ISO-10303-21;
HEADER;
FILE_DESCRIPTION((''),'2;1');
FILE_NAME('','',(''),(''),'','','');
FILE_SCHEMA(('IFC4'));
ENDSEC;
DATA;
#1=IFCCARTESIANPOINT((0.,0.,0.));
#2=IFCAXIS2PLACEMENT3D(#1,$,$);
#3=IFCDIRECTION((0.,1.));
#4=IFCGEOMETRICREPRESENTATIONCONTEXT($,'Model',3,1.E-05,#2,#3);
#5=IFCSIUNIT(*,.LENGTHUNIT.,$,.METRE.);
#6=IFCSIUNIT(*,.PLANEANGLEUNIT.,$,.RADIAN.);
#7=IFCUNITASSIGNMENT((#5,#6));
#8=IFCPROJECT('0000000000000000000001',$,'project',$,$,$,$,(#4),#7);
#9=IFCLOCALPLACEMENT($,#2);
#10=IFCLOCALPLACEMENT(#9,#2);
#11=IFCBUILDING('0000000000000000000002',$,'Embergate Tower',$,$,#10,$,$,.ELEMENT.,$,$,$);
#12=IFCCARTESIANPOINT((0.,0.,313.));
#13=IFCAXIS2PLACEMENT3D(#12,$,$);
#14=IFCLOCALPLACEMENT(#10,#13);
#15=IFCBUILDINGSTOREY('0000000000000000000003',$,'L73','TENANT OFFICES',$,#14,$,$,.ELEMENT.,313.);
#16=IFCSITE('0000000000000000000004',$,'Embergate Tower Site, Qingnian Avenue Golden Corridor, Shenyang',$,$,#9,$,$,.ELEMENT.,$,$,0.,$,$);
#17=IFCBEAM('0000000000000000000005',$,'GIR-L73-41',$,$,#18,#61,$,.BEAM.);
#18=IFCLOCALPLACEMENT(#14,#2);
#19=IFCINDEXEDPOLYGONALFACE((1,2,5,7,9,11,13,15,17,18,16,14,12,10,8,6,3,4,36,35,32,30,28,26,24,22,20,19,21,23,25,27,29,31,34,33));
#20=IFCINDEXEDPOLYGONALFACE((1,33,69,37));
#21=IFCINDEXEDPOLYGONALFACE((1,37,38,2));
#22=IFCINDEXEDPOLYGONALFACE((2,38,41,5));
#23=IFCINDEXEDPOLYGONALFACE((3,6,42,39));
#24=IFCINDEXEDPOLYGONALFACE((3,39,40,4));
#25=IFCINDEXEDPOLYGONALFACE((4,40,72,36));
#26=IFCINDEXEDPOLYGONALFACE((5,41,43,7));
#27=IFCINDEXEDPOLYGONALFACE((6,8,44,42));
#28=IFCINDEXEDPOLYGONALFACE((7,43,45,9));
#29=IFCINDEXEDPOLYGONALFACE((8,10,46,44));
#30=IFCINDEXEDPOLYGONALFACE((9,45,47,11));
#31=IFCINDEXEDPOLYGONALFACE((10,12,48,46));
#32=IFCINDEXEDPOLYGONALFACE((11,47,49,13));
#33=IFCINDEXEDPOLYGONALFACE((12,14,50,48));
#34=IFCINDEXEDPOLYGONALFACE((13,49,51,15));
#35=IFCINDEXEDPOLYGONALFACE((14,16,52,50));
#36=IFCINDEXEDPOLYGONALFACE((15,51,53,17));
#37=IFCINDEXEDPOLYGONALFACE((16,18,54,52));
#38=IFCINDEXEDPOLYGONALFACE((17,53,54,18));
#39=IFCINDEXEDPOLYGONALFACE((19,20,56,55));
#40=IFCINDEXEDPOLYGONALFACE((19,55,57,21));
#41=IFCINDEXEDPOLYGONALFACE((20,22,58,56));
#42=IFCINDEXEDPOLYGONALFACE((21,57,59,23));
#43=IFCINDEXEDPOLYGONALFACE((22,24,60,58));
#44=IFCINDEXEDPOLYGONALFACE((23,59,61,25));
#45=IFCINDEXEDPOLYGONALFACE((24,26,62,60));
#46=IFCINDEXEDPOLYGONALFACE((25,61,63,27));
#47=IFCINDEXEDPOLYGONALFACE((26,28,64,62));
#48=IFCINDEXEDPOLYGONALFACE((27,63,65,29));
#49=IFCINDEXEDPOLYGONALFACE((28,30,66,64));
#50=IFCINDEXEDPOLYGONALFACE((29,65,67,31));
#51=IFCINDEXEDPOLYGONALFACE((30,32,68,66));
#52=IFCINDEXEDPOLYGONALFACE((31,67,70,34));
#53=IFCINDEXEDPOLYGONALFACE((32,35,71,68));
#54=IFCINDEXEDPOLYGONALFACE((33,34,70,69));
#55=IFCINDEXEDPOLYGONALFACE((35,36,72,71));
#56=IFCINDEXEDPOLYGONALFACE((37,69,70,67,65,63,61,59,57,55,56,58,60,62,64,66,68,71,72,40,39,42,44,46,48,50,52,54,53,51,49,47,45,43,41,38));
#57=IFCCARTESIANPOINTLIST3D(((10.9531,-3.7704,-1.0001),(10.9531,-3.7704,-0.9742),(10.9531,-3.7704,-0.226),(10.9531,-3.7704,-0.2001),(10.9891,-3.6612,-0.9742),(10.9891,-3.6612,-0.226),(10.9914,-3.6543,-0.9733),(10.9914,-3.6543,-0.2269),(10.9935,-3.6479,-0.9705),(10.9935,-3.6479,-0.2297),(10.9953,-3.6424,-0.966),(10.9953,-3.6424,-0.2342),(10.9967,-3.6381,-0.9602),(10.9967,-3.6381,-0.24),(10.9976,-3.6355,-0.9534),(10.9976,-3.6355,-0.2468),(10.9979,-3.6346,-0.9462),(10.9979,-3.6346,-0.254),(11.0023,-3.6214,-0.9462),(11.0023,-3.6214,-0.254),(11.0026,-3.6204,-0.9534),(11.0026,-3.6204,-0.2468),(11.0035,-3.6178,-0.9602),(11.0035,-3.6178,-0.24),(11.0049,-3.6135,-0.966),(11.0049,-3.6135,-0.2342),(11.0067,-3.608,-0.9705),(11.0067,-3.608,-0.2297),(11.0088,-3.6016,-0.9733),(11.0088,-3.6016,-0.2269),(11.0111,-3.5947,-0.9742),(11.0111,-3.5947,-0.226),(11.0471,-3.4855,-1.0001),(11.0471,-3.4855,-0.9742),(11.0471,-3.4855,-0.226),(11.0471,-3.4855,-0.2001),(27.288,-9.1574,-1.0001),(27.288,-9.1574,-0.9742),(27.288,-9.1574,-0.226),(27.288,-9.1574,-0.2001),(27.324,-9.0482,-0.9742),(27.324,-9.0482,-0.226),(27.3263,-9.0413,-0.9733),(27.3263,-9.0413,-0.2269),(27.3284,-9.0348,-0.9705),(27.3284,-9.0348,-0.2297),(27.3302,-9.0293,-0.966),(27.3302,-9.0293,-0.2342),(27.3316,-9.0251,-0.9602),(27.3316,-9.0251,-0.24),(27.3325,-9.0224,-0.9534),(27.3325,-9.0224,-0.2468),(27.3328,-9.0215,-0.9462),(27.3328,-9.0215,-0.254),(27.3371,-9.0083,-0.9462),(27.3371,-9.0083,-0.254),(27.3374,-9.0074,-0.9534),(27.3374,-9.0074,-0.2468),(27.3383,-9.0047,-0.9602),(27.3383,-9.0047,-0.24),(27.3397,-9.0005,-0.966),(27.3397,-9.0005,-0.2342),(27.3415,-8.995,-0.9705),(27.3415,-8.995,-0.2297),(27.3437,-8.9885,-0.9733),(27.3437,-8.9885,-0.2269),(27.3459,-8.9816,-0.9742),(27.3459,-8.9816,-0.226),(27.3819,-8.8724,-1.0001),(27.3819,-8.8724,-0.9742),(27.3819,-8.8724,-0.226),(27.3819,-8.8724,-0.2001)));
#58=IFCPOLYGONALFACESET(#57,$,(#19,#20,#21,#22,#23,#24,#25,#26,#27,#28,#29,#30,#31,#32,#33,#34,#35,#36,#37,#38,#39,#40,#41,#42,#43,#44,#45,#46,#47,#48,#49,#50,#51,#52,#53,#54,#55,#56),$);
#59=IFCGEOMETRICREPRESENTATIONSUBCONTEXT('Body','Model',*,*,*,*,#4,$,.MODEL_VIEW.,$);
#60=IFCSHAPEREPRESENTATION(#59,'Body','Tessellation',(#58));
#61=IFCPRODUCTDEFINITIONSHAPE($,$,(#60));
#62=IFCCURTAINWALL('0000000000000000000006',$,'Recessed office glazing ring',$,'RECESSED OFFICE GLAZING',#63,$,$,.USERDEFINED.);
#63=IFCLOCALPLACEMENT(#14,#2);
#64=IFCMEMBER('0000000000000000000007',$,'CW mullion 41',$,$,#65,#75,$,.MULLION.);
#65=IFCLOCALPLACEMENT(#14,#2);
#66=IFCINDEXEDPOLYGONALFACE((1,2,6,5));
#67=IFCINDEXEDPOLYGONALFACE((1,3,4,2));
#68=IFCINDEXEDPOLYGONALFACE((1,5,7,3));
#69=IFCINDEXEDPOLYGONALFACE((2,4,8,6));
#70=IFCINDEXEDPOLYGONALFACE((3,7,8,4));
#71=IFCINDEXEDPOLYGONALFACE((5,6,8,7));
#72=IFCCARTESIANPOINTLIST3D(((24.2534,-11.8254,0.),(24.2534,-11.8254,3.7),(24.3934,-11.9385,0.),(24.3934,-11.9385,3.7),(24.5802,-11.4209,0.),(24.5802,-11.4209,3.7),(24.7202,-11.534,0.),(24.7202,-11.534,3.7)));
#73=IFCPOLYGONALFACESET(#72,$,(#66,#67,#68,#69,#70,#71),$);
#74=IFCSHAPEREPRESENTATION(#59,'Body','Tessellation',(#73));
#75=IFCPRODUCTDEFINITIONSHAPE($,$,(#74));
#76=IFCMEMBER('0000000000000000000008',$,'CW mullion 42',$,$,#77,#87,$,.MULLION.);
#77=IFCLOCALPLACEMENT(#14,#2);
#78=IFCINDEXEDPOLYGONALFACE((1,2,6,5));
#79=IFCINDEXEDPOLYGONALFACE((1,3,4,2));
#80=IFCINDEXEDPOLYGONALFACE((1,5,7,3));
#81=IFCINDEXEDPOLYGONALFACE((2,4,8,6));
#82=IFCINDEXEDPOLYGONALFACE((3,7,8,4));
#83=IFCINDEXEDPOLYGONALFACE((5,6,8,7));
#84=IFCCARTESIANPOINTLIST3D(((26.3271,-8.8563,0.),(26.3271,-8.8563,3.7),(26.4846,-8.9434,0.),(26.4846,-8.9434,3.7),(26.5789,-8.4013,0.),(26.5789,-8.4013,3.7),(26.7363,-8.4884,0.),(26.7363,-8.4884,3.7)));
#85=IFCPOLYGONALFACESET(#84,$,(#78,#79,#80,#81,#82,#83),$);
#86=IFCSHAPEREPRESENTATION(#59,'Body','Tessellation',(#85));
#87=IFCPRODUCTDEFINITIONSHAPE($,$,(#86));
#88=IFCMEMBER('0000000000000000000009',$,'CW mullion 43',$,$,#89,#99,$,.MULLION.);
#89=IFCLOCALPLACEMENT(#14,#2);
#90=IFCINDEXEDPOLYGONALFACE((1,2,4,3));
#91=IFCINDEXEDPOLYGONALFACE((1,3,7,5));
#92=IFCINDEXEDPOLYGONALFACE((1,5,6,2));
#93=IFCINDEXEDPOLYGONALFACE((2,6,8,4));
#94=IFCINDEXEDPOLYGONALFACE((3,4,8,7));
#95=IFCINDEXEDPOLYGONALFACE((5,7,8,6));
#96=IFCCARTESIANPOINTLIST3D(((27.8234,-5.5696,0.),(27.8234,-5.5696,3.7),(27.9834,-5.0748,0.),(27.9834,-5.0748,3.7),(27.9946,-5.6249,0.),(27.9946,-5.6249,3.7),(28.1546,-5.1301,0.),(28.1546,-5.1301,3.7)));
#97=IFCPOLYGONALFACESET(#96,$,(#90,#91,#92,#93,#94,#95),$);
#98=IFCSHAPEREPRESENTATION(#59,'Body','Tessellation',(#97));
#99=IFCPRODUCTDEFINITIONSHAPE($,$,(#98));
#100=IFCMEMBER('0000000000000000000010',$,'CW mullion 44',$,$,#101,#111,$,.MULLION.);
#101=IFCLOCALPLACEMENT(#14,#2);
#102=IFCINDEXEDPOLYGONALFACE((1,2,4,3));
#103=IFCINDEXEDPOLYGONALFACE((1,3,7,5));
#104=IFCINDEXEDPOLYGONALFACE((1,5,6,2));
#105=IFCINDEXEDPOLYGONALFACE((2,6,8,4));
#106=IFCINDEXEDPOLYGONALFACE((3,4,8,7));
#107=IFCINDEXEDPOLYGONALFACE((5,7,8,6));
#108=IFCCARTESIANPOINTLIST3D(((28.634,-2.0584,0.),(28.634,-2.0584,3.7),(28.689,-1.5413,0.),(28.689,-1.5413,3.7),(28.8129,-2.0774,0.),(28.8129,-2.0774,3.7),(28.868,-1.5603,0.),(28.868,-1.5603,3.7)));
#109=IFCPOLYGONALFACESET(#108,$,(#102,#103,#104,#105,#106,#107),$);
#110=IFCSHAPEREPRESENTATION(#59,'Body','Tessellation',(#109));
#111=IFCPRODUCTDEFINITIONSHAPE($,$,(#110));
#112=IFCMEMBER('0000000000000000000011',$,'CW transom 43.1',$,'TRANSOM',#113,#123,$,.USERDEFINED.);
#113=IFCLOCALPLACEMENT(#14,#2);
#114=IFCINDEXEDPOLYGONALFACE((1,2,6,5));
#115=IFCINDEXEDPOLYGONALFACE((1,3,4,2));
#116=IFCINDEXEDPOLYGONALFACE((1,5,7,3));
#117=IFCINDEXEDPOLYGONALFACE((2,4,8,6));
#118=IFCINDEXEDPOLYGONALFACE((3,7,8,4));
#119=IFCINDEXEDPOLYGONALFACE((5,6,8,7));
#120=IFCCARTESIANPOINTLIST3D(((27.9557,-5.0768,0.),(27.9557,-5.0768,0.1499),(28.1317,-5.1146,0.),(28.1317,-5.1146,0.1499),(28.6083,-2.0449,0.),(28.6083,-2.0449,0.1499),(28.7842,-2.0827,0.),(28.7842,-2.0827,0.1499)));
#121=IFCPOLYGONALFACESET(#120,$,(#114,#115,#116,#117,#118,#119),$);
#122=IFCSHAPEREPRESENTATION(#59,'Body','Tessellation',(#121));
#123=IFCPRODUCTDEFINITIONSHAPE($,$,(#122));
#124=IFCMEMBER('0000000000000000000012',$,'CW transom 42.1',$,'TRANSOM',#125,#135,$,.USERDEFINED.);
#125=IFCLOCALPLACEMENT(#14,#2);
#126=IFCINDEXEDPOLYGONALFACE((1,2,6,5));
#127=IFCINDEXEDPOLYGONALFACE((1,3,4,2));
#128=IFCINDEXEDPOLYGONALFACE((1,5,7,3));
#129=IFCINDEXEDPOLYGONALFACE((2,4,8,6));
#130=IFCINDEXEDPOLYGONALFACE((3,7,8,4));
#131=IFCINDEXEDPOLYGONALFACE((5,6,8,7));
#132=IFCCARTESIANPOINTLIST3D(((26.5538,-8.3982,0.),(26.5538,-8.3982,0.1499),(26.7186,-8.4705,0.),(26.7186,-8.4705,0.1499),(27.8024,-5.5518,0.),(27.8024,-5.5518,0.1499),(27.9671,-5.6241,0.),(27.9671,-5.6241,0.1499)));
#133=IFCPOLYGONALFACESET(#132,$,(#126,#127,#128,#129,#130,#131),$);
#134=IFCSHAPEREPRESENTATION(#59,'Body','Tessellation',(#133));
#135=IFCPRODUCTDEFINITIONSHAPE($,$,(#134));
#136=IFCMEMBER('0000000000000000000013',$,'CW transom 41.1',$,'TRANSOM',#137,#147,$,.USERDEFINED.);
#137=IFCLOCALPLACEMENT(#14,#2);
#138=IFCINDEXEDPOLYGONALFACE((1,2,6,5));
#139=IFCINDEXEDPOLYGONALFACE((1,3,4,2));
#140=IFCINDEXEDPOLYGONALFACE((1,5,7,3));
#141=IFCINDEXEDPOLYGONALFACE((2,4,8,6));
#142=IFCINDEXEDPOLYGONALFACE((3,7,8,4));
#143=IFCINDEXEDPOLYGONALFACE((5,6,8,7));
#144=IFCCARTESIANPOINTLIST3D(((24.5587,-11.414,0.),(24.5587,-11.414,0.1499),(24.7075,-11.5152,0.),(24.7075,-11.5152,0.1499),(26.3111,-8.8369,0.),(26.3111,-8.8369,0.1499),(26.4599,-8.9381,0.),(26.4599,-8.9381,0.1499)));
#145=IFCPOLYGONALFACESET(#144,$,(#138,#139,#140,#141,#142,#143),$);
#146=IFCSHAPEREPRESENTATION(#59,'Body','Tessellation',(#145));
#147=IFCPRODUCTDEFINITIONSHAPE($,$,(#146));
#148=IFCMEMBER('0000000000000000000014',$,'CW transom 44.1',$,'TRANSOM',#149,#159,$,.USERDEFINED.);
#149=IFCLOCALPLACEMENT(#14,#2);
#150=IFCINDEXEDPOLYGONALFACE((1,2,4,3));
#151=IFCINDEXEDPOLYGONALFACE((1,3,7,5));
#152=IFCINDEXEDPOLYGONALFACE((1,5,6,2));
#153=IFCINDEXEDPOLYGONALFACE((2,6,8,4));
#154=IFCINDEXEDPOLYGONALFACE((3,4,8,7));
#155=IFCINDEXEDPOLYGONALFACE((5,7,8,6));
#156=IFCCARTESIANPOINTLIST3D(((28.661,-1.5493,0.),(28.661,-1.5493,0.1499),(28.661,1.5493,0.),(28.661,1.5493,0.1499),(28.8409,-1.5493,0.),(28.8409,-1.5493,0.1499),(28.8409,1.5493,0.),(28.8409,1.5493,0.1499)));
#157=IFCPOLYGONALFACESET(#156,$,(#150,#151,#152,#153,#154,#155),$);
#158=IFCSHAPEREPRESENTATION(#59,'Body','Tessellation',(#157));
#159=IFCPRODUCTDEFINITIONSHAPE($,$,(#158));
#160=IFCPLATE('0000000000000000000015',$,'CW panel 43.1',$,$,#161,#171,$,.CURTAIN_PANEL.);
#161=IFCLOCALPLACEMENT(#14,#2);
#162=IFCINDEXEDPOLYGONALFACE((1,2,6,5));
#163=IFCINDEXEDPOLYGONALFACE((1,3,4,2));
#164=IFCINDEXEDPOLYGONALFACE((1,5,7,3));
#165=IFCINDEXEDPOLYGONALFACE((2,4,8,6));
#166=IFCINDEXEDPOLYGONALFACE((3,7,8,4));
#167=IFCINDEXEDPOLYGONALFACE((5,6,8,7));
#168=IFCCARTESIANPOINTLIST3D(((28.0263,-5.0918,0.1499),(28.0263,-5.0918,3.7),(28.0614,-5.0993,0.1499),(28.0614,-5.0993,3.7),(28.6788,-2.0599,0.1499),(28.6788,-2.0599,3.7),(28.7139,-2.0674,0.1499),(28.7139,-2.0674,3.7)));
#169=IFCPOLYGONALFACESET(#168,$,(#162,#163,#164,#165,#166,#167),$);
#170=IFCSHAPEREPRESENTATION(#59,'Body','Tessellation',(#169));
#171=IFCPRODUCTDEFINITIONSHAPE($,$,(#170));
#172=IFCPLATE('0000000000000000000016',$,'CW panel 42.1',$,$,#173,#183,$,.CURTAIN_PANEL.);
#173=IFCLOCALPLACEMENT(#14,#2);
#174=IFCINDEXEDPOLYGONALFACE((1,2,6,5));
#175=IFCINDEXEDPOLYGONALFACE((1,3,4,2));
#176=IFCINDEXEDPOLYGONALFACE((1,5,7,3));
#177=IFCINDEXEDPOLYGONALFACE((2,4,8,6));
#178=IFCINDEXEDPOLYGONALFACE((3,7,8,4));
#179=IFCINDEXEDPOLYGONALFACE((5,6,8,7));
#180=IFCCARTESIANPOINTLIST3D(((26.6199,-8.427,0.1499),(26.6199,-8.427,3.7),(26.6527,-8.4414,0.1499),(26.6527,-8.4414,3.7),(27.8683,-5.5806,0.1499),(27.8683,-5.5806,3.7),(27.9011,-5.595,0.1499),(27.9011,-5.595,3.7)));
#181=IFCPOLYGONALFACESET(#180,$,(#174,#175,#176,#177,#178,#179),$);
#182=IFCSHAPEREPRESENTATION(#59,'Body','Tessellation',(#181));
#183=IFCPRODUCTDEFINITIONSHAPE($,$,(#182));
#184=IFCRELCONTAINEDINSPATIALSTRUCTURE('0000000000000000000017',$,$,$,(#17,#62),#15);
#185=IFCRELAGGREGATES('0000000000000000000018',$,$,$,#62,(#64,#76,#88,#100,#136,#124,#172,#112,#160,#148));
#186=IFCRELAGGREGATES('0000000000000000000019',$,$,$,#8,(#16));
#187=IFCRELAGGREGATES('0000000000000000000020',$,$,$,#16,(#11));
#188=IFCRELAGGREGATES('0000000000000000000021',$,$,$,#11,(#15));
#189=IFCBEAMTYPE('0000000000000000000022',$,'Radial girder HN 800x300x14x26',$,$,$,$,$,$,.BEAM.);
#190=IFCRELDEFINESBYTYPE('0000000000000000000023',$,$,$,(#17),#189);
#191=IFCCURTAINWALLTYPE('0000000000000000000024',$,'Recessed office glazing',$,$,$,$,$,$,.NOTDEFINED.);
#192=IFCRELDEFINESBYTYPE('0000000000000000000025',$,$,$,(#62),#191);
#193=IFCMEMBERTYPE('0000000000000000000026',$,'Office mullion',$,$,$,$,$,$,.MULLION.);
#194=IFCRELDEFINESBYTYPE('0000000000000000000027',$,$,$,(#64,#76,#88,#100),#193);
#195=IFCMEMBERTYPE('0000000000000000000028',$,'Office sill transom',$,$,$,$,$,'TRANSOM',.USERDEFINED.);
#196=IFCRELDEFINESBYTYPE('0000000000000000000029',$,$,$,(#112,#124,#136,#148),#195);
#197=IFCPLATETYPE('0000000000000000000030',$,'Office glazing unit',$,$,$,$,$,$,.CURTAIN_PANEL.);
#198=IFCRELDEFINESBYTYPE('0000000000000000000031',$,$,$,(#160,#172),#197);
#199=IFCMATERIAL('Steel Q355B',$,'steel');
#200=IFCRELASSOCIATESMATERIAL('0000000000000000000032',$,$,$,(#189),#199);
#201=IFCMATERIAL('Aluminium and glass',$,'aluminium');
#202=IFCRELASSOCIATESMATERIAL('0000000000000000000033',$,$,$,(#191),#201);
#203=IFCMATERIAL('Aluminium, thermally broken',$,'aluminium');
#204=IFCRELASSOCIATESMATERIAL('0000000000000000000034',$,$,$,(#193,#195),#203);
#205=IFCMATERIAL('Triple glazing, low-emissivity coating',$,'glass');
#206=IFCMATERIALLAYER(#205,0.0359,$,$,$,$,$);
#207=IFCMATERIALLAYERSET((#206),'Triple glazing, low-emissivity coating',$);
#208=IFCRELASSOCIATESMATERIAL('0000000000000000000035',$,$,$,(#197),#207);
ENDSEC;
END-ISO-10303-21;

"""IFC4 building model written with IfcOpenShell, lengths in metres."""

from ifc_helpers import new_model, si_unit, direction, frame, origin, origin_2d, place, context, subcontext, project, spatial, rectangle, i_section, extrude, source, transform, mapped, material, layer, layer_set, material_profile, profile_set, type_object, element, aggregate, save


model = new_model("IFC4")

# Units and contexts
model_context = context("Model", 3, precision=1e-05, world=origin(), true_north=direction((0.0, 1.0)))
body_context = subcontext(model_context, "Body", "Model", "MODEL_VIEW")
ifc_project = project(units=[si_unit("LENGTHUNIT", "METRE"), si_unit("PLANEANGLEUNIT", "RADIAN")], contexts=[model_context])

# Site, building, storey
site_placement = place(None, origin())
site = spatial("IfcSite", under=ifc_project, at=site_placement, Name="Embergate Tower Site, Qingnian Avenue Golden Corridor, Shenyang", CompositionType="ELEMENT", RefElevation=0.0)
building_placement = place(site_placement, origin())
building = spatial("IfcBuilding", under=site, at=building_placement, Name="Embergate Tower", CompositionType="ELEMENT")
storey_placement = place(building_placement, frame((0.0, 0.0, 313.0)))
storey = spatial("IfcBuildingStorey", under=building, at=storey_placement, Name="L73", Description="TENANT OFFICES", CompositionType="ELEMENT", Elevation=313.0)

# Beam
ifc_material_1 = material(Name="Steel Q355B", Category="steel")
ifc_material_profile_1 = material_profile(ifc_material_1, i_section(OverallWidth=0.3, OverallDepth=0.8, WebThickness=0.0139, FlangeThickness=0.0259, FilletRadius=0.0281, at=origin_2d()), Name="HN 800x300x14x26")
ifc_profile_set_1 = profile_set([ifc_material_profile_1], Name="Steel Q355 grade B")
beam_type_1 = type_object("IfcBeamType", Name="Radial girder HN 800x300x14x26", PredefinedType="BEAM", material=ifc_profile_set_1)
shared_shape_1 = source(origin(), body_context, "Body", "SweptSolid", [
    extrude(i_section(OverallWidth=0.3, OverallDepth=0.8, WebThickness=0.0139, FlangeThickness=0.0259, FilletRadius=0.0281, at=origin_2d()), origin(), (0.0, 0.0, 1.0), 17.2002),
])
beam_1_placement = place(storey_placement, frame((27.335, -9.0149, -0.6001), z_axis=(-0.94969, 0.31319, 0.0), x_axis=(-0.31319, -0.94969, 0.0)))
element("IfcBeam", 1, at=beam_1_placement, inside=storey, type_object=beam_type_1, Name="GIR-L73-41", PredefinedType="BEAM", context=body_context, shape_type="MappedRepresentation", body=[
    mapped(shared_shape_1, transform((0.0, 0.0, 0.0))),
])

# Curtain wall, members, plates
ifc_material_2 = material(Name="Aluminium and glass", Category="aluminium")
curtain_wall_type = type_object("IfcCurtainWallType", Name="Recessed office glazing", PredefinedType="NOTDEFINED", material=ifc_material_2)
curtain_wall_placement = place(storey_placement, origin())
curtain_wall = element("IfcCurtainWall", 2, at=curtain_wall_placement, inside=storey, type_object=curtain_wall_type, Name="Recessed office glazing ring", ObjectType="RECESSED OFFICE GLAZING", PredefinedType="USERDEFINED")
ifc_material_3 = material(Name="Aluminium, thermally broken", Category="aluminium")
ifc_material_profile_2 = material_profile(ifc_material_3, rectangle(XDim=0.1799, YDim=0.52, at=origin_2d()), Name="AL 520x180")
ifc_profile_set_2 = profile_set([ifc_material_profile_2], Name="Aluminium, thermally broken")
member_type_1 = type_object("IfcMemberType", Name="Office mullion", PredefinedType="MULLION", material=ifc_profile_set_2)
shared_shape_2 = source(origin(), body_context, "Body", "SweptSolid", [
    extrude(rectangle(XDim=0.1799, YDim=0.52, at=origin_2d()), origin(), (0.0, 0.0, 1.0), 3.7),
])
member_1_placement = place(storey_placement, frame((24.4868, -11.6797, 0.0), z_axis=(0.0, 0.0, 1.0), x_axis=(-0.777862, 0.628436, 0.0)))
member_1 = element("IfcMember", 3, at=member_1_placement, type_object=member_type_1, Name="CW mullion 41", PredefinedType="MULLION", context=body_context, shape_type="MappedRepresentation", body=[
    mapped(shared_shape_2, transform((0.0, 0.0, 0.0))),
])
member_2_placement = place(storey_placement, frame((26.5317, -8.6724, 0.0), z_axis=(0.0, 0.0, 1.0), x_axis=(-0.874992, 0.484138, 0.0)))
member_2 = element("IfcMember", 4, at=member_2_placement, type_object=member_type_1, Name="CW mullion 42", PredefinedType="MULLION", context=body_context, shape_type="MappedRepresentation", body=[
    mapped(shared_shape_2, transform((0.0, 0.0, 0.0))),
])
member_3_placement = place(storey_placement, frame((27.989, -5.3499, 0.0), z_axis=(0.0, 0.0, 1.0), x_axis=(-0.951492, 0.307674, 0.0)))
member_3 = element("IfcMember", 5, at=member_3_placement, type_object=member_type_1, Name="CW mullion 43", PredefinedType="MULLION", context=body_context, shape_type="MappedRepresentation", body=[
    mapped(shared_shape_2, transform((0.0, 0.0, 0.0))),
])
member_4_placement = place(storey_placement, frame((28.751, -1.8093, 0.0), z_axis=(0.0, 0.0, 1.0), x_axis=(-0.994384, 0.105832, 0.0)))
member_4 = element("IfcMember", 6, at=member_4_placement, type_object=member_type_1, Name="CW mullion 44", PredefinedType="MULLION", context=body_context, shape_type="MappedRepresentation", body=[
    mapped(shared_shape_2, transform((0.0, 0.0, 0.0))),
])
ifc_material_profile_3 = material_profile(ifc_material_3, rectangle(XDim=0.1799, YDim=0.1499, at=origin_2d()), Name="AL 150x180")
ifc_profile_set_3 = profile_set([ifc_material_profile_3], Name="Aluminium, thermally broken")
member_type_2 = type_object("IfcMemberType", Name="Office sill transom", ElementType="TRANSOM", PredefinedType="USERDEFINED", material=ifc_profile_set_3)
shared_shape_3 = source(origin(), body_context, "Body", "SweptSolid", [
    extrude(rectangle(XDim=0.1799, YDim=0.1499, at=origin_2d()), origin(), (0.0, 0.0, 1.0), 3.1013),
])
member_5_placement = place(storey_placement, frame((28.0437, -5.0957, 0.075), z_axis=(0.210416, 0.977612, 0.0), x_axis=(-0.977612, 0.210416, 0.0)))
member_5 = element("IfcMember", 7, at=member_5_placement, type_object=member_type_2, Name="CW transom 43.1", ObjectType="TRANSOM", PredefinedType="USERDEFINED", context=body_context, shape_type="MappedRepresentation", body=[
    mapped(shared_shape_3, transform((0.0, 0.0, 0.0))),
])
shared_shape_4 = source(origin(), body_context, "Body", "SweptSolid", [
    extrude(rectangle(XDim=0.1799, YDim=0.1499, at=origin_2d()), origin(), (0.0, 0.0, 1.0), 3.1082),
])
member_6_placement = place(storey_placement, frame((26.6362, -8.4343, 0.075), z_axis=(0.401688, 0.915777, 0.0), x_axis=(-0.915777, 0.401688, 0.0)))
member_6 = element("IfcMember", 8, at=member_6_placement, type_object=member_type_2, Name="CW transom 42.1", ObjectType="TRANSOM", PredefinedType="USERDEFINED", context=body_context, shape_type="MappedRepresentation", body=[
    mapped(shared_shape_4, transform((0.0, 0.0, 0.0))),
])
shared_shape_5 = source(origin(), body_context, "Body", "SweptSolid", [
    extrude(rectangle(XDim=0.1799, YDim=0.1499, at=origin_2d()), origin(), (0.0, 0.0, 1.0), 3.1165),
])
member_7_placement = place(storey_placement, frame((24.6331, -11.4646, 0.075), z_axis=(0.562306, 0.826929, 0.0), x_axis=(-0.826929, 0.562306, 0.0)))
member_7 = element("IfcMember", 9, at=member_7_placement, type_object=member_type_2, Name="CW transom 41.1", ObjectType="TRANSOM", PredefinedType="USERDEFINED", context=body_context, shape_type="MappedRepresentation", body=[
    mapped(shared_shape_5, transform((0.0, 0.0, 0.0))),
])
shared_shape_6 = source(origin(), body_context, "Body", "SweptSolid", [
    extrude(rectangle(XDim=0.1799, YDim=0.1499, at=origin_2d()), origin(), (0.0, 0.0, 1.0), 3.0986),
])
member_8_placement = place(storey_placement, frame((28.751, -1.5493, 0.075), z_axis=(0.0, 1.0, 0.0), x_axis=(-1.0, 0.0, 0.0)))
member_8 = element("IfcMember", 10, at=member_8_placement, type_object=member_type_2, Name="CW transom 44.1", ObjectType="TRANSOM", PredefinedType="USERDEFINED", context=body_context, shape_type="MappedRepresentation", body=[
    mapped(shared_shape_6, transform((0.0, 0.0, 0.0))),
])
ifc_material_4 = material(Name="Triple glazing, low-emissivity coating", Category="glass")
ifc_layer_1 = layer(ifc_material_4, 0.0359)
ifc_layer_set_1 = layer_set([ifc_layer_1], Name="Triple glazing, low-emissivity coating")
plate_type = type_object("IfcPlateType", Name="Office glazing unit", PredefinedType="CURTAIN_PANEL", material=ifc_layer_set_1)
shared_shape_7 = source(origin(), body_context, "Body", "SweptSolid", [
    extrude(rectangle(XDim=3.1013, YDim=0.0359, at=origin_2d()), origin(), (0.0, 0.0, 1.0), 3.55),
])
plate_1_placement = place(storey_placement, frame((28.3701, -3.5796, 0.1499), z_axis=(0.0, 0.0, 1.0), x_axis=(0.2104, 0.977615, 0.0)))
plate_1 = element("IfcPlate", 11, at=plate_1_placement, type_object=plate_type, Name="CW panel 43.1", PredefinedType="CURTAIN_PANEL", context=body_context, shape_type="MappedRepresentation", body=[
    mapped(shared_shape_7, transform((0.0, 0.0, 0.0))),
])
shared_shape_8 = source(origin(), body_context, "Body", "SweptSolid", [
    extrude(rectangle(XDim=3.1082, YDim=0.0359, at=origin_2d()), origin(), (0.0, 0.0, 1.0), 3.55),
])
plate_2_placement = place(storey_placement, frame((27.2605, -7.011, 0.1499), z_axis=(0.0, 0.0, 1.0), x_axis=(0.401654, 0.915792, 0.0)))
plate_2 = element("IfcPlate", 12, at=plate_2_placement, type_object=plate_type, Name="CW panel 42.1", PredefinedType="CURTAIN_PANEL", context=body_context, shape_type="MappedRepresentation", body=[
    mapped(shared_shape_8, transform((0.0, 0.0, 0.0))),
])
aggregate(curtain_wall, [member_1, member_2, member_3, member_4, member_7, member_6, plate_2, member_5, plate_1, member_8])

save(model, "model.ifc")
